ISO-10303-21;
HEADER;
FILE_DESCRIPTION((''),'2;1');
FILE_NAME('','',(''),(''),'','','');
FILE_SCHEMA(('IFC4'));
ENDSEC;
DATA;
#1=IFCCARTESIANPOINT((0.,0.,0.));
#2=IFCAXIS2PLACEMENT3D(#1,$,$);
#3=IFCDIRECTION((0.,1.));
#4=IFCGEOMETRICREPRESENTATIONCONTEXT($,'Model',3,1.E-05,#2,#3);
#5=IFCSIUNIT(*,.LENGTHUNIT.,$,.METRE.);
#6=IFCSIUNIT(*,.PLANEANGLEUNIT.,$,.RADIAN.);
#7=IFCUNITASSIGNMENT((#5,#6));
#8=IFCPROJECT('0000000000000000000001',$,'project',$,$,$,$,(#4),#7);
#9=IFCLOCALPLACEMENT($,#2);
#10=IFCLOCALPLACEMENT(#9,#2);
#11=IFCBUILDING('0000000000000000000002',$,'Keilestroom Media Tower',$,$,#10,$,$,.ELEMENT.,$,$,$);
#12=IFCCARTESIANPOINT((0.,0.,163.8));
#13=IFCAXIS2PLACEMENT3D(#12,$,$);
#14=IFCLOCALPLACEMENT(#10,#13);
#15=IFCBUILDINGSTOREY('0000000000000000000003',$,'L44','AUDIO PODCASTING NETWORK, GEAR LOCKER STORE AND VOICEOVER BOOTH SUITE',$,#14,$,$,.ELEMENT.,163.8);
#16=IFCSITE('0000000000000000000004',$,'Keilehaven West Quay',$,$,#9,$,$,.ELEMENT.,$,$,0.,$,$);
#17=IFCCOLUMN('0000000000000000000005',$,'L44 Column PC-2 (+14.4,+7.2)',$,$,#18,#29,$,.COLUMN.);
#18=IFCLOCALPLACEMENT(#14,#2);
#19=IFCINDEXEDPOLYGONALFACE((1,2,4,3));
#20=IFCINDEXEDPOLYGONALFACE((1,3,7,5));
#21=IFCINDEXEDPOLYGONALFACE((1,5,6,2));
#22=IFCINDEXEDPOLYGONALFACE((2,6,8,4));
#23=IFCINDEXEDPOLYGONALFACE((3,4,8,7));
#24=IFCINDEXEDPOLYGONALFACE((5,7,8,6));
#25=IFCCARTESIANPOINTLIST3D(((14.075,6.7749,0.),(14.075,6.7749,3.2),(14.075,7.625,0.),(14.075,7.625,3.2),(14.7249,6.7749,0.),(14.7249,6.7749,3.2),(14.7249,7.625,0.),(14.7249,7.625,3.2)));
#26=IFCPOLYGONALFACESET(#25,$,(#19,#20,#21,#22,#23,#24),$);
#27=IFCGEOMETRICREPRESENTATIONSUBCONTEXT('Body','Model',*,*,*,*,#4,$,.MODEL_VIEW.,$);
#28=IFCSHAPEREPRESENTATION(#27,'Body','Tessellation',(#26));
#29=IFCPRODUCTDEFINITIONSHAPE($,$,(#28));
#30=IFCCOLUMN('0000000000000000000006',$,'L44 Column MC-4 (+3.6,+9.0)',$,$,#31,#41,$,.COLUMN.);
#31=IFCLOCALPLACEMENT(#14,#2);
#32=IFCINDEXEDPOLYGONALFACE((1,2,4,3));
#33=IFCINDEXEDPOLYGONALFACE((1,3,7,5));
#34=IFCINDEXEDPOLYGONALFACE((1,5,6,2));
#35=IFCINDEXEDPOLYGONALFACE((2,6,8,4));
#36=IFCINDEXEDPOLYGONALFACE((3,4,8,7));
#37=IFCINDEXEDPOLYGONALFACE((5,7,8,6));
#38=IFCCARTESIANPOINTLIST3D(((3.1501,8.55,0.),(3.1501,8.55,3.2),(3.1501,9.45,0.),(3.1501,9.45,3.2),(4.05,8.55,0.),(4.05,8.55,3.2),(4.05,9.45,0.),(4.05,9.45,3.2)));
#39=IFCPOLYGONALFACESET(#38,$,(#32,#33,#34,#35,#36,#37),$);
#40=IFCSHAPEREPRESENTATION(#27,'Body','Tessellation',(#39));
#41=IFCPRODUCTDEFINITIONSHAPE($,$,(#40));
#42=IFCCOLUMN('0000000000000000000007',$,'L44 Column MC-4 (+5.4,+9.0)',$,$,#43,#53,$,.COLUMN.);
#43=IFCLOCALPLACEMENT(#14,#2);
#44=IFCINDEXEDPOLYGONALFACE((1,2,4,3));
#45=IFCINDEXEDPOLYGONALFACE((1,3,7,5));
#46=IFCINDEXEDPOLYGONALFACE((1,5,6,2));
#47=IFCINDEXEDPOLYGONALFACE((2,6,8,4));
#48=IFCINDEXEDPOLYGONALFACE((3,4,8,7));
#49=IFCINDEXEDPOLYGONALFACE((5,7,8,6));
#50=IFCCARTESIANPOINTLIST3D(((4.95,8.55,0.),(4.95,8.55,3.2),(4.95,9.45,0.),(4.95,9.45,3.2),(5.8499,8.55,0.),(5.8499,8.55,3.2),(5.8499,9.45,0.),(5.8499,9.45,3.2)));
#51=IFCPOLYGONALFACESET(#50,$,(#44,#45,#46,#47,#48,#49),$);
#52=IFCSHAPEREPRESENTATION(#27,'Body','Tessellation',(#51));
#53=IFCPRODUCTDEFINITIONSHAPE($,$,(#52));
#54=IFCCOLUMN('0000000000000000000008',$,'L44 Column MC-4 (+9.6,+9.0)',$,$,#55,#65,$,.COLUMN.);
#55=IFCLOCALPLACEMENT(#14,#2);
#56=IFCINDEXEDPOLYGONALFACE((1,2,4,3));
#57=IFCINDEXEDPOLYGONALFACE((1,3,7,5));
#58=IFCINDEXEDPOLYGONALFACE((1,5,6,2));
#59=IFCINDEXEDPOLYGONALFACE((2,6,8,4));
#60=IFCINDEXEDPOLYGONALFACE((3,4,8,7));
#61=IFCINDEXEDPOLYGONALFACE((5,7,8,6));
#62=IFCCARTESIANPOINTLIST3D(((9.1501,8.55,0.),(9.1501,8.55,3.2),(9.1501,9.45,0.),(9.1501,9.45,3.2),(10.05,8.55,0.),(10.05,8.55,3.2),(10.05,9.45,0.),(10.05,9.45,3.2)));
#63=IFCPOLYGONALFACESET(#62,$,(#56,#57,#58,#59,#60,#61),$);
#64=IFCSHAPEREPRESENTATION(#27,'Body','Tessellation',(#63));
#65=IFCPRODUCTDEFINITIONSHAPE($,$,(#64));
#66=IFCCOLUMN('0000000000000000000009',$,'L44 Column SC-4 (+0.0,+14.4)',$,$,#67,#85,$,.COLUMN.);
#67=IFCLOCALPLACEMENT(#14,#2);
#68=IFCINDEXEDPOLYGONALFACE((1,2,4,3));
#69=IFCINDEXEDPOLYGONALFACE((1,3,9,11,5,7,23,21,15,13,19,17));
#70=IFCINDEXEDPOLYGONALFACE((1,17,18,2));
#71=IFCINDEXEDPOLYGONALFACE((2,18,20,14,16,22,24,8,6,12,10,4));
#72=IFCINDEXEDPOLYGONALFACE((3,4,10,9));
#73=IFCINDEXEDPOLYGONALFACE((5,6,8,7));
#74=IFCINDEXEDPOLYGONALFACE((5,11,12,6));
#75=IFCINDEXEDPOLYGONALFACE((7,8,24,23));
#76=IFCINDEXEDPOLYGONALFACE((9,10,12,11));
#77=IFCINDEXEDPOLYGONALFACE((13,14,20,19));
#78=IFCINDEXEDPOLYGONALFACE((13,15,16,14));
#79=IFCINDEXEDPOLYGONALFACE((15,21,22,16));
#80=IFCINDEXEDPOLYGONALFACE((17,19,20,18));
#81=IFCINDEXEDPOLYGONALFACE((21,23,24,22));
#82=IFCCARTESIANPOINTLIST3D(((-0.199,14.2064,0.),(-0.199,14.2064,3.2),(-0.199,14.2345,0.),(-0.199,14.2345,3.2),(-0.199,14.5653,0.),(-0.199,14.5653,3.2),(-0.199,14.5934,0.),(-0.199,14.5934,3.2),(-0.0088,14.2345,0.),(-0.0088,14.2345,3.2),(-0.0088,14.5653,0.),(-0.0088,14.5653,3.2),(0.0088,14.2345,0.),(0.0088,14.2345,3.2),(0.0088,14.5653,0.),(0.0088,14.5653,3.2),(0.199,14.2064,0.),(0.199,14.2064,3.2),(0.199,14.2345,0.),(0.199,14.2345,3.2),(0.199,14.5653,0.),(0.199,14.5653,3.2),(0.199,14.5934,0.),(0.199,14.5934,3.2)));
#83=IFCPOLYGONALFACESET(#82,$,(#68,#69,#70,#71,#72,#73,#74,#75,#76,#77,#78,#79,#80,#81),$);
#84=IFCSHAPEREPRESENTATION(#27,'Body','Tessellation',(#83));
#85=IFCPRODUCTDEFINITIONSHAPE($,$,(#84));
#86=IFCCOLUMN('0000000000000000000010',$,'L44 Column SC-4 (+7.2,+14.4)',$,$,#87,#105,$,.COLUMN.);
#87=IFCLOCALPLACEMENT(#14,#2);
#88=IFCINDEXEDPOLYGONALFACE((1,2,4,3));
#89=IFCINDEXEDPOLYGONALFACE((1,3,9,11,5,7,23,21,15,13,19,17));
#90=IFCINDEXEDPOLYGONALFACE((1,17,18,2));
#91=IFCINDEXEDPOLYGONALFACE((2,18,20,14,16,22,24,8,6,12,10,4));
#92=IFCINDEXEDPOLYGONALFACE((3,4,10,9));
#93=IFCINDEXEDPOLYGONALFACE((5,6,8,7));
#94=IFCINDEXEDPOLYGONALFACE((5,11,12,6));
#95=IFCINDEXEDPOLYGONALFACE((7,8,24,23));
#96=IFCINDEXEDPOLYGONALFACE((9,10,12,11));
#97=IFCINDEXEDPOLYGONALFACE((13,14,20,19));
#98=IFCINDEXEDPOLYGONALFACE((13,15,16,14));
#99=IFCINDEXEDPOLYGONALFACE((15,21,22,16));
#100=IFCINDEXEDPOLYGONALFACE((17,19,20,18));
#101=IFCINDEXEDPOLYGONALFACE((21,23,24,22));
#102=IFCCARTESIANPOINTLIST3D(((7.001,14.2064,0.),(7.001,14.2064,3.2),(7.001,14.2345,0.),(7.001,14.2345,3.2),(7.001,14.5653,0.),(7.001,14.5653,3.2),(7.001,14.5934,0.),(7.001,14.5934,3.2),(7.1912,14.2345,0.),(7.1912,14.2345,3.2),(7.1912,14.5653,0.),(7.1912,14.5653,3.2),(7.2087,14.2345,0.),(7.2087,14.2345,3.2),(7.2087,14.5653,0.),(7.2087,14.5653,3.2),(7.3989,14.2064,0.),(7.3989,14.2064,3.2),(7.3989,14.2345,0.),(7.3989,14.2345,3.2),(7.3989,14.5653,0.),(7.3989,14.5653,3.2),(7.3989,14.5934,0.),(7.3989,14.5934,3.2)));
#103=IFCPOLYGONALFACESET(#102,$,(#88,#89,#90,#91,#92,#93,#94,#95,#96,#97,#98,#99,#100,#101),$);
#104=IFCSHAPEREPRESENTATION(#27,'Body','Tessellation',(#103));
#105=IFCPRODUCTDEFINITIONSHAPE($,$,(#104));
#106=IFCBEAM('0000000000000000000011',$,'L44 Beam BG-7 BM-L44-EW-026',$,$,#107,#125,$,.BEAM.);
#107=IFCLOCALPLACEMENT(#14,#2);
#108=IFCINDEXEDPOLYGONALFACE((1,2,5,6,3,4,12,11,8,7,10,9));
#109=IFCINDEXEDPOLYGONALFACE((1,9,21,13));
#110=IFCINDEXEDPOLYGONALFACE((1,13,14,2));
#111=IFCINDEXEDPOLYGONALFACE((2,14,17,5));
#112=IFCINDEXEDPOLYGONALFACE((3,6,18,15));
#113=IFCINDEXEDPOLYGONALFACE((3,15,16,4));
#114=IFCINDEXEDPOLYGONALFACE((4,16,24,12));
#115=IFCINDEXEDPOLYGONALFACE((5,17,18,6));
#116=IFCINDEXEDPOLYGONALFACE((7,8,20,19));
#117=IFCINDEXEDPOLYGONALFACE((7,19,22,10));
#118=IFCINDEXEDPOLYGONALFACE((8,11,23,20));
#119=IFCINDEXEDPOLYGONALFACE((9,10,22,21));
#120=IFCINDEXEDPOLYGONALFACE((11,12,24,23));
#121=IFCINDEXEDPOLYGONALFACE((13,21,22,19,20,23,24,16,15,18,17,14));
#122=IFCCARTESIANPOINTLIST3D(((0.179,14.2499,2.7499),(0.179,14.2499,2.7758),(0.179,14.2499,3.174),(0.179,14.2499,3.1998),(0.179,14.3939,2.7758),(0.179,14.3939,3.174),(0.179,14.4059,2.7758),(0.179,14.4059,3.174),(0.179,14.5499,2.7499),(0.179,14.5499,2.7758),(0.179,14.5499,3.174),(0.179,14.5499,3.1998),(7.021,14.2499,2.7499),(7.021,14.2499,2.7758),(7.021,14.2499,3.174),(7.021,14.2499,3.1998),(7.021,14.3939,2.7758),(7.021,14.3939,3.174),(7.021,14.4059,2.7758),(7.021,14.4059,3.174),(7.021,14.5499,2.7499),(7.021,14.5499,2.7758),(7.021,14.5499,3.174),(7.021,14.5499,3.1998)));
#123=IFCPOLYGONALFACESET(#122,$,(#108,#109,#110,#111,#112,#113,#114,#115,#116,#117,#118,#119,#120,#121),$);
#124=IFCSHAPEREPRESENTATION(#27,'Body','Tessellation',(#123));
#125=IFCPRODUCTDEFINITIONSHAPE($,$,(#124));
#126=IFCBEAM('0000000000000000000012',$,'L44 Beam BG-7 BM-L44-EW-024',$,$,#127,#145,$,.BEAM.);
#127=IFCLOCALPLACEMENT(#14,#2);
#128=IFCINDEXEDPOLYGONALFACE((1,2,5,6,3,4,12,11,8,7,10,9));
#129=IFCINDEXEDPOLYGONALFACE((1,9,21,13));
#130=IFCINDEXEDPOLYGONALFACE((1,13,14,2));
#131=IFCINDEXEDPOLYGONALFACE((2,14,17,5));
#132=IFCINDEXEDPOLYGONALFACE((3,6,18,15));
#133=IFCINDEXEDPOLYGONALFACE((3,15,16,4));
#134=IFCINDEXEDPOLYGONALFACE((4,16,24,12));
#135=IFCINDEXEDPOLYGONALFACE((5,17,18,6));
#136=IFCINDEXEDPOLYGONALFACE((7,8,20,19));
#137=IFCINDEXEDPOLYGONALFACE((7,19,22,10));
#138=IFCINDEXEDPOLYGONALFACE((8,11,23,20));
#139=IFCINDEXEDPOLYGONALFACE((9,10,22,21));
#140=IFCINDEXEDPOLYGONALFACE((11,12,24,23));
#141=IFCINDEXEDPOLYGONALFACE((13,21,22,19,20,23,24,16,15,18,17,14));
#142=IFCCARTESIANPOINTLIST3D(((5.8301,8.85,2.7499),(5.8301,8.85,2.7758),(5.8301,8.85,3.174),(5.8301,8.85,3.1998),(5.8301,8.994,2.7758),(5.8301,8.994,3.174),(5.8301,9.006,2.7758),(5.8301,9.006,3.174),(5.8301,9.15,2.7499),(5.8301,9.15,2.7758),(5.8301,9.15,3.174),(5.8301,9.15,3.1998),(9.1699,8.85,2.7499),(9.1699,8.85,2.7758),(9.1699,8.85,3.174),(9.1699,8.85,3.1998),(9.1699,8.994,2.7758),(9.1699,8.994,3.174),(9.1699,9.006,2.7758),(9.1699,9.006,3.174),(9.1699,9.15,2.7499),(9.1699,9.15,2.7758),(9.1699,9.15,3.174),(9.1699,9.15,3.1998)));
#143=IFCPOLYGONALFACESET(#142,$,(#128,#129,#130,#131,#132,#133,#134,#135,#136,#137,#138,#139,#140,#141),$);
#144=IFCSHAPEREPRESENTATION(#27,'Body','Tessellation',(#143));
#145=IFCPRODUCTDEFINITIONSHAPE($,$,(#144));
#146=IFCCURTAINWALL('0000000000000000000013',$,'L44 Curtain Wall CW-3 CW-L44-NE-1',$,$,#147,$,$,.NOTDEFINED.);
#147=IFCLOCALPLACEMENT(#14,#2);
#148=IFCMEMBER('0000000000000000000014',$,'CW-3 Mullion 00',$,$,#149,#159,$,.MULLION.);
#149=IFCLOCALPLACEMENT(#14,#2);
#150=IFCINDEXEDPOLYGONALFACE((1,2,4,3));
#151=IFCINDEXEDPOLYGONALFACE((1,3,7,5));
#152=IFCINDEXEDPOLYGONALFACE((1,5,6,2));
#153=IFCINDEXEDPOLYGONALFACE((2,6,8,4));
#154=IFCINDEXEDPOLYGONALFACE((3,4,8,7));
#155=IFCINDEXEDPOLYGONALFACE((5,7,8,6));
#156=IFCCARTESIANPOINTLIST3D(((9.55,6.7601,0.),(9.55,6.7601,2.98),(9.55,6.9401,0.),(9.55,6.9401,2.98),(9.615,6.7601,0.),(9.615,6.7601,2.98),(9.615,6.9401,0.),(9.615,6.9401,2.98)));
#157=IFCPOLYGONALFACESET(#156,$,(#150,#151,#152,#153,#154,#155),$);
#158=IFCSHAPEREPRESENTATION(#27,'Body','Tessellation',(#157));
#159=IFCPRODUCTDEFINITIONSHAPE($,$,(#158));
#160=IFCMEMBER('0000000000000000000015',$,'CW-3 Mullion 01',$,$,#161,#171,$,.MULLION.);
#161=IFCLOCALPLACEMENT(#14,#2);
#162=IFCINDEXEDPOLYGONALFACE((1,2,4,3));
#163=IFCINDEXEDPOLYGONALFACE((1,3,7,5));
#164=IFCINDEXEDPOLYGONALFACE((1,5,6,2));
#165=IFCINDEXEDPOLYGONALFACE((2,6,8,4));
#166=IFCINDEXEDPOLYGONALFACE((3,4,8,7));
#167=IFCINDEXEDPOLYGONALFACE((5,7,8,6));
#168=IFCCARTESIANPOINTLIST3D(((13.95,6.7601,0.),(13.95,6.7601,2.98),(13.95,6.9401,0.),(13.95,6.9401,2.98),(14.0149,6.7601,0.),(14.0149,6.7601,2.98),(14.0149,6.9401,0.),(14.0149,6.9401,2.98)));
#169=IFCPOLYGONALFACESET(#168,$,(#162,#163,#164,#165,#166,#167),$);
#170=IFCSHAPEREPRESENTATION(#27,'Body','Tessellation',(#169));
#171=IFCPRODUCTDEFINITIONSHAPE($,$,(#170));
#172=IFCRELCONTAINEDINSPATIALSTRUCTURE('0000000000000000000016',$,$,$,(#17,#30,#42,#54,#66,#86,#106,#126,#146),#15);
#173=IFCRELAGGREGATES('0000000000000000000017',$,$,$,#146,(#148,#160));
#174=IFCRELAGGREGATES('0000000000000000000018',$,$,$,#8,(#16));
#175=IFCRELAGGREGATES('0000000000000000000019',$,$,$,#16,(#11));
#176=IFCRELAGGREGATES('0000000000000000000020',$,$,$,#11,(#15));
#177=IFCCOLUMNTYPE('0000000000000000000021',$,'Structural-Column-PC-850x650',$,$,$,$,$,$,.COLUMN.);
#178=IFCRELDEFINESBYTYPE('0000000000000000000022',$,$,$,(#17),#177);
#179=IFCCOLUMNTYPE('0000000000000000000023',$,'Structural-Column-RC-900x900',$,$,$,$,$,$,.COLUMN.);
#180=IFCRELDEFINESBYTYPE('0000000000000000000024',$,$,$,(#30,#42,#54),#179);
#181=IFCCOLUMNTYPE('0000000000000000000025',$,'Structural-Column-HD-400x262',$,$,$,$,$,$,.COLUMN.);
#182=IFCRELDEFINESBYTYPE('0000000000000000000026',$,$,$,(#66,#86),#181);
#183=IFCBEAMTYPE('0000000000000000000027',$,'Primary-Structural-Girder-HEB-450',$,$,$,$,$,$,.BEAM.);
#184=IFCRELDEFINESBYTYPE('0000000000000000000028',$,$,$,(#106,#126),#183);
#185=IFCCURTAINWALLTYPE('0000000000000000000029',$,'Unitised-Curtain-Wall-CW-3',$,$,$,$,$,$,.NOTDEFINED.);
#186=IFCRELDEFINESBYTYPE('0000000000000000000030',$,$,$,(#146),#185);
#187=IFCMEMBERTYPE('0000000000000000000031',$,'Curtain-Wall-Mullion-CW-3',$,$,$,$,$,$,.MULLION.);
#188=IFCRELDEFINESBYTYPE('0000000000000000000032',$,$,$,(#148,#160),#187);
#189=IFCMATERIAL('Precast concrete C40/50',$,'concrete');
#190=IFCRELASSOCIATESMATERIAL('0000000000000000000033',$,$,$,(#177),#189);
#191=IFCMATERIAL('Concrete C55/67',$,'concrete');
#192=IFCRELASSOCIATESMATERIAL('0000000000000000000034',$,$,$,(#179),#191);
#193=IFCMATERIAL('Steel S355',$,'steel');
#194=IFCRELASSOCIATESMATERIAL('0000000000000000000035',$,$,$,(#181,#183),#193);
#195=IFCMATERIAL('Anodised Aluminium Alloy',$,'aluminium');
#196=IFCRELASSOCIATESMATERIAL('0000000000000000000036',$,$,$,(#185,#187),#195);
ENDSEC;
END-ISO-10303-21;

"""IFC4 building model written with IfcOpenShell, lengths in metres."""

from ifc_helpers import new_model, si_unit, direction, frame, origin, origin_2d, place, context, subcontext, project, spatial, rectangle, i_section, extrude, source, transform, mapped, material, material_profile, profile_set, type_object, element, aggregate, save


model = new_model("IFC4")

# Units and contexts
model_context = context("Model", 3, precision=1e-05, world=origin(), true_north=direction((0.0, 1.0)))
body_context = subcontext(model_context, "Body", "Model", "MODEL_VIEW")
ifc_project = project(units=[si_unit("LENGTHUNIT", "METRE"), si_unit("PLANEANGLEUNIT", "RADIAN")], contexts=[model_context])

# Site, building, storey
site_placement = place(None, origin())
site = spatial("IfcSite", under=ifc_project, at=site_placement, Name="Keilehaven West Quay", CompositionType="ELEMENT", RefElevation=0.0)
building_placement = place(site_placement, origin())
building = spatial("IfcBuilding", under=site, at=building_placement, Name="Keilestroom Media Tower", CompositionType="ELEMENT")
storey_placement = place(building_placement, frame((0.0, 0.0, 163.8)))
storey = spatial("IfcBuildingStorey", under=building, at=storey_placement, Name="L44", Description="AUDIO PODCASTING NETWORK, GEAR LOCKER STORE AND VOICEOVER BOOTH SUITE", CompositionType="ELEMENT", Elevation=163.8)

# Columns
ifc_material_1 = material(Name="Precast concrete C40/50", Category="concrete")
ifc_material_profile_1 = material_profile(ifc_material_1, rectangle(XDim=0.6499, YDim=0.8501, at=origin_2d()), Name="PC 850x650")
ifc_profile_set_1 = profile_set([ifc_material_profile_1], Name="Precast concrete C40/50")
column_type_1 = type_object("IfcColumnType", Name="Structural-Column-PC-850x650", PredefinedType="COLUMN", material=ifc_profile_set_1)
shared_shape_1 = source(origin(), body_context, "Body", "SweptSolid", [
    extrude(rectangle(XDim=0.6499, YDim=0.8501, at=origin_2d()), origin(), (0.0, 0.0, 1.0), 3.2),
])
column_placement = place(storey_placement, frame((14.3999, 7.2, 0.0), z_axis=(0.0, 0.0, 1.0), x_axis=(1.0, 0.0, 0.0)))
element("IfcColumn", 1, at=column_placement, inside=storey, type_object=column_type_1, Name="L44 Column PC-2 (+14.4,+7.2)", PredefinedType="COLUMN", context=body_context, shape_type="MappedRepresentation", body=[
    mapped(shared_shape_1, transform((0.0, 0.0, 0.0), x_axis=(1.0, 0.0, 0.0), y_axis=(0.0, 1.0, 0.0), z_axis=(0.0, 0.0, 1.0), scale=1.0)),
])
ifc_material_2 = material(Name="Concrete C55/67", Category="concrete")
ifc_material_profile_2 = material_profile(ifc_material_2, rectangle(XDim=0.8999, YDim=0.8999, at=origin_2d()), Name="RC 900x900")
ifc_profile_set_2 = profile_set([ifc_material_profile_2], Name="Concrete C55/67")
column_type_2 = type_object("IfcColumnType", Name="Structural-Column-RC-900x900", PredefinedType="COLUMN", material=ifc_profile_set_2)
shared_shape_2 = source(origin(), body_context, "Body", "SweptSolid", [
    extrude(rectangle(XDim=0.8999, YDim=0.8999, at=origin_2d()), origin(), (0.0, 0.0, 1.0), 3.2),
])
for number, where, z_axis, x_axis, name in (
    (2, (3.6001, 9.0, 0.0), (0.0, 0.0, 1.0), (1.0, 0.0, 0.0), "L44 Column MC-4 (+3.6,+9.0)"),
    (3, (5.3999, 9.0, 0.0), (0.0, 0.0, 1.0), (1.0, 0.0, 0.0), "L44 Column MC-4 (+5.4,+9.0)"),
    (4, (9.6001, 9.0, 0.0), (0.0, 0.0, 1.0), (1.0, 0.0, 0.0), "L44 Column MC-4 (+9.6,+9.0)"),
):
    element("IfcColumn", number, at=place(storey_placement, frame(where, z_axis=z_axis, x_axis=x_axis)), inside=storey, type_object=column_type_2, Name=name, PredefinedType="COLUMN", context=body_context, shape_type="MappedRepresentation", body=[
        mapped(shared_shape_2, transform((0.0, 0.0, 0.0), x_axis=(1.0, 0.0, 0.0), y_axis=(0.0, 1.0, 0.0), z_axis=(0.0, 0.0, 1.0), scale=1.0)),
    ])
ifc_material_3 = material(Name="Steel S355", Category="steel")
ifc_material_profile_3 = material_profile(ifc_material_3, i_section(OverallWidth=0.3979, OverallDepth=0.387, WebThickness=0.0176, FlangeThickness=0.0281, at=origin_2d()), Name="HD 400x262")
ifc_profile_set_3 = profile_set([ifc_material_profile_3], Name="Steel S355")
column_type_3 = type_object("IfcColumnType", Name="Structural-Column-HD-400x262", PredefinedType="COLUMN", material=ifc_profile_set_3)
shared_shape_3 = source(origin(), body_context, "Body", "SweptSolid", [
    extrude(i_section(OverallWidth=0.3979, OverallDepth=0.387, WebThickness=0.0176, FlangeThickness=0.0281, at=origin_2d()), origin(), (0.0, 0.0, 1.0), 3.2),
])
for number, where, z_axis, x_axis, name in (
    (5, (0.0, 14.3999, 0.0), (0.0, 0.0, 1.0), (1.0, 0.0, 0.0), "L44 Column SC-4 (+0.0,+14.4)"),
    (6, (7.2, 14.3999, 0.0), (0.0, 0.0, 1.0), (1.0, 0.0, 0.0), "L44 Column SC-4 (+7.2,+14.4)"),
):
    element("IfcColumn", number, at=place(storey_placement, frame(where, z_axis=z_axis, x_axis=x_axis)), inside=storey, type_object=column_type_3, Name=name, PredefinedType="COLUMN", context=body_context, shape_type="MappedRepresentation", body=[
        mapped(shared_shape_3, transform((0.0, 0.0, 0.0), x_axis=(1.0, 0.0, 0.0), y_axis=(0.0, 1.0, 0.0), z_axis=(0.0, 0.0, 1.0), scale=1.0)),
    ])

# Beams
ifc_material_profile_4 = material_profile(ifc_material_3, i_section(OverallWidth=0.3, OverallDepth=0.45, WebThickness=0.012, FlangeThickness=0.0259, at=origin_2d()), Name="HEB 450")
ifc_profile_set_4 = profile_set([ifc_material_profile_4], Name="Steel S355")
beam_type = type_object("IfcBeamType", Name="Primary-Structural-Girder-HEB-450", PredefinedType="BEAM", material=ifc_profile_set_4)
shared_shape_4 = source(origin(), body_context, "Body", "SweptSolid", [
    extrude(i_section(OverallWidth=0.3, OverallDepth=0.45, WebThickness=0.012, FlangeThickness=0.0259, at=origin_2d()), origin(), (0.0, 0.0, 1.0), 6.842),
])
beam_1_placement = place(storey_placement, frame((0.179, 14.3999, 2.9749), z_axis=(1.0, 0.0, 0.0), x_axis=(0.0, 1.0, 0.0)))
element("IfcBeam", 7, at=beam_1_placement, inside=storey, type_object=beam_type, Name="L44 Beam BG-7 BM-L44-EW-026", PredefinedType="BEAM", context=body_context, shape_type="MappedRepresentation", body=[
    mapped(shared_shape_4, transform((0.0, 0.0, 0.0), x_axis=(1.0, 0.0, 0.0), y_axis=(0.0, 1.0, 0.0), z_axis=(0.0, 0.0, 1.0), scale=1.0)),
])
shared_shape_5 = source(origin(), body_context, "Body", "SweptSolid", [
    extrude(i_section(OverallWidth=0.3, OverallDepth=0.45, WebThickness=0.012, FlangeThickness=0.0259, at=origin_2d()), origin(), (0.0, 0.0, 1.0), 3.3398),
])
beam_2_placement = place(storey_placement, frame((5.8301, 9.0, 2.9749), z_axis=(1.0, 0.0, 0.0), x_axis=(0.0, 1.0, 0.0)))
element("IfcBeam", 8, at=beam_2_placement, inside=storey, type_object=beam_type, Name="L44 Beam BG-7 BM-L44-EW-024", PredefinedType="BEAM", context=body_context, shape_type="MappedRepresentation", body=[
    mapped(shared_shape_5, transform((0.0, 0.0, 0.0), x_axis=(1.0, 0.0, 0.0), y_axis=(0.0, 1.0, 0.0), z_axis=(0.0, 0.0, 1.0), scale=1.0)),
])

# Curtain wall, members
ifc_material_4 = material(Name="Anodised Aluminium Alloy", Category="aluminium")
curtain_wall_type = type_object("IfcCurtainWallType", Name="Unitised-Curtain-Wall-CW-3", PredefinedType="NOTDEFINED", material=ifc_material_4)
curtain_wall_placement = place(storey_placement, origin())
curtain_wall = element("IfcCurtainWall", 9, at=curtain_wall_placement, inside=storey, type_object=curtain_wall_type, Name="L44 Curtain Wall CW-3 CW-L44-NE-1", PredefinedType="NOTDEFINED")
ifc_material_profile_5 = material_profile(ifc_material_4, rectangle(XDim=0.0649, YDim=0.1799, at=origin_2d()), Name="ALU MULLION 65x180")
ifc_profile_set_5 = profile_set([ifc_material_profile_5], Name="Anodised Aluminium Alloy")
member_type_1 = type_object("IfcMemberType", Name="Curtain-Wall-Mullion-CW-3", PredefinedType="MULLION", material=ifc_profile_set_5)
shared_shape_6 = source(origin(), body_context, "Body", "SweptSolid", [
    extrude(rectangle(XDim=0.0649, YDim=0.1799, at=origin_2d()), origin(), (0.0, 0.0, 1.0), 2.98),
])
member_1_placement = place(storey_placement, frame((9.5825, 6.8501, 0.0), z_axis=(0.0, 0.0, 1.0), x_axis=(1.0, 0.0, 0.0)))
member_1 = element("IfcMember", 10, at=member_1_placement, type_object=member_type_1, Name="CW-3 Mullion 00", PredefinedType="MULLION", context=body_context, shape_type="MappedRepresentation", body=[
    mapped(shared_shape_6, transform((0.0, 0.0, 0.0), x_axis=(1.0, 0.0, 0.0), y_axis=(0.0, 1.0, 0.0), z_axis=(0.0, 0.0, 1.0), scale=1.0)),
])
member_2_placement = place(storey_placement, frame((13.9824, 6.8501, 0.0), z_axis=(0.0, 0.0, 1.0), x_axis=(1.0, 0.0, 0.0)))
member_2 = element("IfcMember", 11, at=member_2_placement, type_object=member_type_1, Name="CW-3 Mullion 01", PredefinedType="MULLION", context=body_context, shape_type="MappedRepresentation", body=[
    mapped(shared_shape_6, transform((0.0, 0.0, 0.0), x_axis=(1.0, 0.0, 0.0), y_axis=(0.0, 1.0, 0.0), z_axis=(0.0, 0.0, 1.0), scale=1.0)),
])
aggregate(curtain_wall, [member_1, member_2])

save(model, "model.ifc")
